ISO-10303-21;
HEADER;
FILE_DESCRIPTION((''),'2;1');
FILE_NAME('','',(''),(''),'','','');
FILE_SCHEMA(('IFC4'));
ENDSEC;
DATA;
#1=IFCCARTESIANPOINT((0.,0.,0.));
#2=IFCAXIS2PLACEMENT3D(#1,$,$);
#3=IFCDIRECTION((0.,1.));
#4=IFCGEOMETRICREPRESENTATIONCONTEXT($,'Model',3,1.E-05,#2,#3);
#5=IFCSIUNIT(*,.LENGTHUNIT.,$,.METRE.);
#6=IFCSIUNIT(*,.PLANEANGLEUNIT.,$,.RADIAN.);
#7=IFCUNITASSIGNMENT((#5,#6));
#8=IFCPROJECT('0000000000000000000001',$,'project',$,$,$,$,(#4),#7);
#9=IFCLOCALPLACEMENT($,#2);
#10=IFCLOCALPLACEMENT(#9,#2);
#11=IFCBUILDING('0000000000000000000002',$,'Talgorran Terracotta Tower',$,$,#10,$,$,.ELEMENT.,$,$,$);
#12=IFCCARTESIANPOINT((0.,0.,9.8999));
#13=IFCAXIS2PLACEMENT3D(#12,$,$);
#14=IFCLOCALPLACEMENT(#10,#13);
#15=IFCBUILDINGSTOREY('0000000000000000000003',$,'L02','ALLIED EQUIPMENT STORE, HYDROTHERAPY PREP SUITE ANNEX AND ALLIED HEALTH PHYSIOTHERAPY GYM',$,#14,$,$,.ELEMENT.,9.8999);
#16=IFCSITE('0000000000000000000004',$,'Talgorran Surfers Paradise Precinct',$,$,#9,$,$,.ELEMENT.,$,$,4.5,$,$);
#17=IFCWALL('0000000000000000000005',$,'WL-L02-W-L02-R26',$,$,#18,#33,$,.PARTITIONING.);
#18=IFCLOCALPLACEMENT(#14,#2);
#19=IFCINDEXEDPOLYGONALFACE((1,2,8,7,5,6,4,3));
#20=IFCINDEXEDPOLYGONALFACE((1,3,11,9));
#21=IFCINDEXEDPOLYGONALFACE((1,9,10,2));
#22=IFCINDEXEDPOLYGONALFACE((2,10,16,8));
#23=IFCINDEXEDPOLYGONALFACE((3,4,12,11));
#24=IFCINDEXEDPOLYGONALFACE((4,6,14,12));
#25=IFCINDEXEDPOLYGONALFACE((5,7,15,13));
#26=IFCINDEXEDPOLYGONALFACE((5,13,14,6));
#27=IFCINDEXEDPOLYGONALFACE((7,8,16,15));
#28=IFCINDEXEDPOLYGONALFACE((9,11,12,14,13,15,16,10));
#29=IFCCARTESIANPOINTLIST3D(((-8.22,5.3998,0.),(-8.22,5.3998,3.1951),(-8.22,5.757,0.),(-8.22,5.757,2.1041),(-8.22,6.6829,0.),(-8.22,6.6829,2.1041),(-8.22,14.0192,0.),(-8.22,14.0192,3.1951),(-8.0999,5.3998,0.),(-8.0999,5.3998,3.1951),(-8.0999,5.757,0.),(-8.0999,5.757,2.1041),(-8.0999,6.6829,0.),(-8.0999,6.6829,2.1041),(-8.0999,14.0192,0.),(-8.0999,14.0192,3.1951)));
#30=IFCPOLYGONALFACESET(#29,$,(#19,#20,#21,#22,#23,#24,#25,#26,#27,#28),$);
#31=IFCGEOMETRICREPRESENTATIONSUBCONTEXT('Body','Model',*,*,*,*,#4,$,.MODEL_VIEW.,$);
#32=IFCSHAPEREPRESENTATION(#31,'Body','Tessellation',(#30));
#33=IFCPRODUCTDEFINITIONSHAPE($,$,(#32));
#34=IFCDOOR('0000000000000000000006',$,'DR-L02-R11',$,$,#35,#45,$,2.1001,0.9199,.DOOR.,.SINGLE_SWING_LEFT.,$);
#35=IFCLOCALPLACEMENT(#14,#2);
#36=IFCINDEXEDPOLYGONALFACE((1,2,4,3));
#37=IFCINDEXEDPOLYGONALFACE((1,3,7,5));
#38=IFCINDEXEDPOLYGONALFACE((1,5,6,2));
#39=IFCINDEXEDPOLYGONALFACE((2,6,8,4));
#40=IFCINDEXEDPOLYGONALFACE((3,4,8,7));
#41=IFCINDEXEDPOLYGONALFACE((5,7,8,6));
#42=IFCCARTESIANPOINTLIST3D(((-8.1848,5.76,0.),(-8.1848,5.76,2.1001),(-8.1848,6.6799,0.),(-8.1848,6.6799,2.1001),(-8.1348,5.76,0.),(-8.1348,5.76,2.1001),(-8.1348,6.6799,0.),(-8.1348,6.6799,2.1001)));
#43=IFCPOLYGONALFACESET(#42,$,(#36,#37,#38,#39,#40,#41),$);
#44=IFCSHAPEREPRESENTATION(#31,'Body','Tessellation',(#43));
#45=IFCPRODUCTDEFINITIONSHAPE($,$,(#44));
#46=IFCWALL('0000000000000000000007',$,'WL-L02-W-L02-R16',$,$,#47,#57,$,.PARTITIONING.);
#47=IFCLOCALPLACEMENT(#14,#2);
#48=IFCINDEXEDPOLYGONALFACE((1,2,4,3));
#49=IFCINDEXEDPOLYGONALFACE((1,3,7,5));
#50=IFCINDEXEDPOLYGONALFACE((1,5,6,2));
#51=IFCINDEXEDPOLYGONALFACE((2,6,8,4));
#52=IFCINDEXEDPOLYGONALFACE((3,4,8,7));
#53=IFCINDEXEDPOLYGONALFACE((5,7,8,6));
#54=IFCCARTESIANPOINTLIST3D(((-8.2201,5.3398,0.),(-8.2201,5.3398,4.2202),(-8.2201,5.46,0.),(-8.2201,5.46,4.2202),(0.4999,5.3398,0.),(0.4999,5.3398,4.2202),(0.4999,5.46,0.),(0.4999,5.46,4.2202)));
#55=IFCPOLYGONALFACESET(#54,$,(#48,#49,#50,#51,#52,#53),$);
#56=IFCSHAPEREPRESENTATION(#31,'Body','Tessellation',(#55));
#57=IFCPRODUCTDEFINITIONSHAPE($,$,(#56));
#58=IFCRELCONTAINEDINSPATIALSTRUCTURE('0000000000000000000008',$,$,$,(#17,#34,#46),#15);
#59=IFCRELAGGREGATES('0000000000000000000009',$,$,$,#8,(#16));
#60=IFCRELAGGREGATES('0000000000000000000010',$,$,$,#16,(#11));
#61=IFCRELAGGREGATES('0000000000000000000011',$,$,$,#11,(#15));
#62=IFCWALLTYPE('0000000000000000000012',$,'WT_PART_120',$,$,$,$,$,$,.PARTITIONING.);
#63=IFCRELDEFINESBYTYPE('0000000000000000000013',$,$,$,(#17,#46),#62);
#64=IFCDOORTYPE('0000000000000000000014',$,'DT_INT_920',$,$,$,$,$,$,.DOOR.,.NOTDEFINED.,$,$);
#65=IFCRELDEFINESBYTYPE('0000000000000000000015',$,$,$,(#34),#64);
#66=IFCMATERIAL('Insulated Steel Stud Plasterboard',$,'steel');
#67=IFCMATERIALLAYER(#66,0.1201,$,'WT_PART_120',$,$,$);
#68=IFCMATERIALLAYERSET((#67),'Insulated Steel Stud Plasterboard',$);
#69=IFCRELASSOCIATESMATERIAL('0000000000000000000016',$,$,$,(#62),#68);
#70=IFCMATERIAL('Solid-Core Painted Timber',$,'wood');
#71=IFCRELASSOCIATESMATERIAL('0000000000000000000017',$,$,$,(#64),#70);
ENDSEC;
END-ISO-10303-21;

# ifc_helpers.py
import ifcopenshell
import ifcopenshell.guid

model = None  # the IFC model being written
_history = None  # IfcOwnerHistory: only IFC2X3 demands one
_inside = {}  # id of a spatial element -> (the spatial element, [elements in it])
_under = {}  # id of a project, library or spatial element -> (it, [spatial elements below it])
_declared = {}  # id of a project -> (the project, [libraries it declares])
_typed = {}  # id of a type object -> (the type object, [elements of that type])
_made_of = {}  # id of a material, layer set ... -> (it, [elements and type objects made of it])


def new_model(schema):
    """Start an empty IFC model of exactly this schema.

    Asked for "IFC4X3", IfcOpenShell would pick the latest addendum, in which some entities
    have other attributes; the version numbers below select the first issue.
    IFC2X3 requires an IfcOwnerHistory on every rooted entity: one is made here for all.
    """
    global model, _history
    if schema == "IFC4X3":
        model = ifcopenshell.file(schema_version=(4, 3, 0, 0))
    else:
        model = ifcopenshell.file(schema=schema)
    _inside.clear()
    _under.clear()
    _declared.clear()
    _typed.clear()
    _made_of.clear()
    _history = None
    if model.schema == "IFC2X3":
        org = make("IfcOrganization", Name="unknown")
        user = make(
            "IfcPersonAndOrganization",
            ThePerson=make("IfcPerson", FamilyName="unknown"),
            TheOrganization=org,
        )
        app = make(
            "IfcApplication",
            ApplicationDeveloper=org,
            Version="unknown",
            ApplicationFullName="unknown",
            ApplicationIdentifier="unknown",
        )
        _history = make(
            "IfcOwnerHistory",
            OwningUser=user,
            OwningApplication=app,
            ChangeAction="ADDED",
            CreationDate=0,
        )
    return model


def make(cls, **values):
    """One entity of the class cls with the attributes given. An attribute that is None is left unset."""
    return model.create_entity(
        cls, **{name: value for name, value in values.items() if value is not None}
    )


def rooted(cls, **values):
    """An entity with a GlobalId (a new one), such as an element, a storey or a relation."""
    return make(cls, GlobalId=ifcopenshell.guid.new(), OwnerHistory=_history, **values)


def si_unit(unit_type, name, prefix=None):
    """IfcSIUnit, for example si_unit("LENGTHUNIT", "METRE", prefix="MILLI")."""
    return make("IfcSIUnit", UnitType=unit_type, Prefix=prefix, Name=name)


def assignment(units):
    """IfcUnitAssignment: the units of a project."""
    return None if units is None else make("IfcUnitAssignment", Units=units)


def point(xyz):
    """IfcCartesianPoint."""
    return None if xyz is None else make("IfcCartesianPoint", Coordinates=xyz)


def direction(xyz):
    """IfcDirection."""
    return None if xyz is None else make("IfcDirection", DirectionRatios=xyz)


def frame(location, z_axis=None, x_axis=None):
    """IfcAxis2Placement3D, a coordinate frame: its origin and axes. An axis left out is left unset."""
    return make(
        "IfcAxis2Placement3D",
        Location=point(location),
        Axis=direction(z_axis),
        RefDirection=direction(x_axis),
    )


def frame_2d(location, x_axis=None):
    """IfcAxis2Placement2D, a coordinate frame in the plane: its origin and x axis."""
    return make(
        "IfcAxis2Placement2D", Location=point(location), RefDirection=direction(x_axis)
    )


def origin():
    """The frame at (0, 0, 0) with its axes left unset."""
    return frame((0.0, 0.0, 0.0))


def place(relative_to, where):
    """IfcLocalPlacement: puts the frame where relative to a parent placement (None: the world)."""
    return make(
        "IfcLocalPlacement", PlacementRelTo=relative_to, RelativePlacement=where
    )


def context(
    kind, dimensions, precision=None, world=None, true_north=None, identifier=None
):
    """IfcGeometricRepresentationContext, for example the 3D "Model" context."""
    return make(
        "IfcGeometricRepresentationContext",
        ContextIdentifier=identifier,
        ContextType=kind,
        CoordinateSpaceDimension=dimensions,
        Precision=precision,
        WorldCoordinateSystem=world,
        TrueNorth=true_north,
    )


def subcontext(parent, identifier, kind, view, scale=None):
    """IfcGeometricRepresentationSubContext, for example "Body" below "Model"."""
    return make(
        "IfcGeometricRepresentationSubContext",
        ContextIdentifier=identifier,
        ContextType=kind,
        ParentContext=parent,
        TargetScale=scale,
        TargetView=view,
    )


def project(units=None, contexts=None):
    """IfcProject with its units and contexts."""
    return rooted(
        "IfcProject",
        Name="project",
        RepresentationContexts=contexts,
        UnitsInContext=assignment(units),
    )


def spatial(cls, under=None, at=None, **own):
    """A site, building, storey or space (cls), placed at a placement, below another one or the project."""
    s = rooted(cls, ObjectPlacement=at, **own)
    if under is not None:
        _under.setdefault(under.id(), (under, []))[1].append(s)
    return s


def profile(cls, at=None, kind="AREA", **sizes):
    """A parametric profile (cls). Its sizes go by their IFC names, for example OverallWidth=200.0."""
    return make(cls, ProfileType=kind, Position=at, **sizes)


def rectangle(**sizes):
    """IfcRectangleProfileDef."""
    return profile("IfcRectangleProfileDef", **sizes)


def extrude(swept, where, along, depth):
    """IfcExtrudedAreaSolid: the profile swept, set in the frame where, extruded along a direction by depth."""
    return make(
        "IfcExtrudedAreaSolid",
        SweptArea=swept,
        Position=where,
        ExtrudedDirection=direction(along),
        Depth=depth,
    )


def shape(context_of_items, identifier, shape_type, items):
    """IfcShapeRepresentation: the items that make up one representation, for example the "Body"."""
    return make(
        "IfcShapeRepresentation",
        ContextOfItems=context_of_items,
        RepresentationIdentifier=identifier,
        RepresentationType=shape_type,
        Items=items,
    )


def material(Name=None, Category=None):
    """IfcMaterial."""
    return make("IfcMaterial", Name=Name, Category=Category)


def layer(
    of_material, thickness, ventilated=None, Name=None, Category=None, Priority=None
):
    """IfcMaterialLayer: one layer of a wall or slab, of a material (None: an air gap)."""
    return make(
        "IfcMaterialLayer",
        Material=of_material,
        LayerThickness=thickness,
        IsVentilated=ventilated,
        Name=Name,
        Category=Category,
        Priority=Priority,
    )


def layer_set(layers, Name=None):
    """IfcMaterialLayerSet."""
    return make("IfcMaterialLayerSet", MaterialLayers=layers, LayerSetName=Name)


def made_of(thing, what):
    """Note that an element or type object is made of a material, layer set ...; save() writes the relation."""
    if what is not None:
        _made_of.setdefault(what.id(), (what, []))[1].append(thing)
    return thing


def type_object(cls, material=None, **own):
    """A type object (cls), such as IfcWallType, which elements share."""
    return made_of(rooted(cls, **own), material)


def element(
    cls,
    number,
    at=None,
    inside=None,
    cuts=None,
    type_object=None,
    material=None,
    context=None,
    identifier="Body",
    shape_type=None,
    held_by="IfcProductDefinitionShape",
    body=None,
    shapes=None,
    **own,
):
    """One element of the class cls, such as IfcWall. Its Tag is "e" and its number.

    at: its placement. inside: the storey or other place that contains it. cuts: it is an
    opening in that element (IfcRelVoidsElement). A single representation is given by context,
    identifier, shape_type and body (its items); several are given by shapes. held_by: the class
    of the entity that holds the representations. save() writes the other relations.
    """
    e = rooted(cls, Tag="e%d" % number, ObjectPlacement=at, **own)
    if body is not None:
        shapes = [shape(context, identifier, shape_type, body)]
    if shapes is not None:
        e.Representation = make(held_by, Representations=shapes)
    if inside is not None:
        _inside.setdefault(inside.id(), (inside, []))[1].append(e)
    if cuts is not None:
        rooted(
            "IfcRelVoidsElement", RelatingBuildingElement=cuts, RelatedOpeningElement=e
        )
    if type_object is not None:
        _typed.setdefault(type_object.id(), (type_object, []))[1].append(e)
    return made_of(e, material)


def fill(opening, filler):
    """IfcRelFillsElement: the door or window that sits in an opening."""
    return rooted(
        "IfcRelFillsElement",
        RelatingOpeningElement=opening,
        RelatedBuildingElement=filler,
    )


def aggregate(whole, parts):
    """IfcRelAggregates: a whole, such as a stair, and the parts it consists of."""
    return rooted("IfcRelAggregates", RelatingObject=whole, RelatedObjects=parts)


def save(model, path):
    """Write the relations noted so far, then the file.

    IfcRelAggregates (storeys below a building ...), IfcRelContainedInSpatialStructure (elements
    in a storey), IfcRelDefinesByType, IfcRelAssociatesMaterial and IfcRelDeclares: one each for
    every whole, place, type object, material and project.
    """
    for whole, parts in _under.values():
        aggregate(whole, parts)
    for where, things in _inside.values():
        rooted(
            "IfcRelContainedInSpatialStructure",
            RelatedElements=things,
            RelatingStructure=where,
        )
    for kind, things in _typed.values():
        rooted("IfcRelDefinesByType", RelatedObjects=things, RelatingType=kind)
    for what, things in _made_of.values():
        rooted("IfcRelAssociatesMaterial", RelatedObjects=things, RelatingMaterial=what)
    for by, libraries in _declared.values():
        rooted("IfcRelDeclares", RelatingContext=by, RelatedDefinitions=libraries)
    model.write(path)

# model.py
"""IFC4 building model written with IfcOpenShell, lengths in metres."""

from ifc_helpers import new_model, si_unit, direction, frame, frame_2d, origin, place, context, subcontext, project, spatial, rectangle, extrude, material, layer, layer_set, type_object, element, fill, save


model = new_model("IFC4")

# Units and contexts
model_context = context("Model", 3, precision=1e-05, world=origin(), true_north=direction((0.0, 1.0)))
body_context = subcontext(model_context, "Body", "Model", "MODEL_VIEW")
ifc_project = project(units=[si_unit("LENGTHUNIT", "METRE"), si_unit("PLANEANGLEUNIT", "RADIAN")], contexts=[model_context])

# Site, building, storey
site_placement = place(None, origin())
site = spatial("IfcSite", under=ifc_project, at=site_placement, Name="Talgorran Surfers Paradise Precinct", CompositionType="ELEMENT", RefElevation=4.5)
building_placement = place(site_placement, origin())
building = spatial("IfcBuilding", under=site, at=building_placement, Name="Talgorran Terracotta Tower", CompositionType="ELEMENT")
storey_placement = place(building_placement, frame((0.0, 0.0, 9.8999)))
storey = spatial("IfcBuildingStorey", under=building, at=storey_placement, Name="L02", Description="ALLIED EQUIPMENT STORE, HYDROTHERAPY PREP SUITE ANNEX AND ALLIED HEALTH PHYSIOTHERAPY GYM", CompositionType="ELEMENT", Elevation=9.8999)

# Wall, opening, door
ifc_material_1 = material(Name="Insulated Steel Stud Plasterboard", Category="steel")
ifc_layer_1 = layer(ifc_material_1, 0.1201, Name="WT_PART_120")
ifc_layer_set_1 = layer_set([ifc_layer_1], Name="Insulated Steel Stud Plasterboard")
wall_type = type_object("IfcWallType", Name="WT_PART_120", PredefinedType="PARTITIONING", material=ifc_layer_set_1)
wall_1_placement = place(storey_placement, frame((-8.1599, 5.3999, 0.0), z_axis=(0.0, 0.0, 1.0), x_axis=(0.0, 1.0, 0.0)))
wall_1 = element("IfcWall", 1, at=wall_1_placement, inside=storey, type_object=wall_type, Name="WL-L02-W-L02-R26", PredefinedType="PARTITIONING", context=body_context, shape_type="SweptSolid", body=[
    extrude(rectangle(XDim=8.6194, YDim=0.1201, at=frame_2d((4.3096, 0.0))), origin(), (0.0, 0.0, 1.0), 3.1951),
])
opening_placement = place(wall_1_placement, frame((0.3601, 0.0, 0.0)))
opening = element("IfcOpeningElement", 2, at=opening_placement, cuts=wall_1, PredefinedType="OPENING", context=body_context, shape_type="SweptSolid", body=[
    extrude(rectangle(XDim=0.9259, YDim=2.1041, at=frame_2d((0.46, 1.052))), frame((0.0, 0.0701, 0.0), z_axis=(0.0, -1.0, 0.0), x_axis=(1.0, 0.0, 0.0)), (0.0, 0.0, 1.0), 0.1401),
])
ifc_material_2 = material(Name="Solid-Core Painted Timber", Category="wood")
door_type = type_object("IfcDoorType", Name="DT_INT_920", OperationType="NOTDEFINED", PredefinedType="DOOR", material=ifc_material_2)
door_placement = place(opening_placement, origin())
door = element("IfcDoor", 3, at=door_placement, inside=storey, type_object=door_type, Name="DR-L02-R11", OperationType="SINGLE_SWING_LEFT", OverallHeight=2.1001, OverallWidth=0.9199, PredefinedType="DOOR", context=body_context, shape_type="SweptSolid", body=[
    extrude(rectangle(XDim=0.9199, YDim=2.1001, at=frame_2d((0.46, 1.05))), frame((0.0, 0.0249, 0.0), z_axis=(0.0, -1.0, 0.0), x_axis=(1.0, 0.0, 0.0)), (0.0, 0.0, 1.0), 0.05),
])
fill(opening, door)

# Wall
wall_2_placement = place(storey_placement, frame((-8.22, 5.3999, 0.0), z_axis=(0.0, 0.0, 1.0), x_axis=(1.0, 0.0, 0.0)))
element("IfcWall", 4, at=wall_2_placement, inside=storey, type_object=wall_type, Name="WL-L02-W-L02-R16", PredefinedType="PARTITIONING", context=body_context, shape_type="SweptSolid", body=[
    extrude(rectangle(XDim=8.72, YDim=0.1201, at=frame_2d((4.3599, 0.0))), origin(), (0.0, 0.0, 1.0), 4.2202),
])

save(model, "model.ifc")
